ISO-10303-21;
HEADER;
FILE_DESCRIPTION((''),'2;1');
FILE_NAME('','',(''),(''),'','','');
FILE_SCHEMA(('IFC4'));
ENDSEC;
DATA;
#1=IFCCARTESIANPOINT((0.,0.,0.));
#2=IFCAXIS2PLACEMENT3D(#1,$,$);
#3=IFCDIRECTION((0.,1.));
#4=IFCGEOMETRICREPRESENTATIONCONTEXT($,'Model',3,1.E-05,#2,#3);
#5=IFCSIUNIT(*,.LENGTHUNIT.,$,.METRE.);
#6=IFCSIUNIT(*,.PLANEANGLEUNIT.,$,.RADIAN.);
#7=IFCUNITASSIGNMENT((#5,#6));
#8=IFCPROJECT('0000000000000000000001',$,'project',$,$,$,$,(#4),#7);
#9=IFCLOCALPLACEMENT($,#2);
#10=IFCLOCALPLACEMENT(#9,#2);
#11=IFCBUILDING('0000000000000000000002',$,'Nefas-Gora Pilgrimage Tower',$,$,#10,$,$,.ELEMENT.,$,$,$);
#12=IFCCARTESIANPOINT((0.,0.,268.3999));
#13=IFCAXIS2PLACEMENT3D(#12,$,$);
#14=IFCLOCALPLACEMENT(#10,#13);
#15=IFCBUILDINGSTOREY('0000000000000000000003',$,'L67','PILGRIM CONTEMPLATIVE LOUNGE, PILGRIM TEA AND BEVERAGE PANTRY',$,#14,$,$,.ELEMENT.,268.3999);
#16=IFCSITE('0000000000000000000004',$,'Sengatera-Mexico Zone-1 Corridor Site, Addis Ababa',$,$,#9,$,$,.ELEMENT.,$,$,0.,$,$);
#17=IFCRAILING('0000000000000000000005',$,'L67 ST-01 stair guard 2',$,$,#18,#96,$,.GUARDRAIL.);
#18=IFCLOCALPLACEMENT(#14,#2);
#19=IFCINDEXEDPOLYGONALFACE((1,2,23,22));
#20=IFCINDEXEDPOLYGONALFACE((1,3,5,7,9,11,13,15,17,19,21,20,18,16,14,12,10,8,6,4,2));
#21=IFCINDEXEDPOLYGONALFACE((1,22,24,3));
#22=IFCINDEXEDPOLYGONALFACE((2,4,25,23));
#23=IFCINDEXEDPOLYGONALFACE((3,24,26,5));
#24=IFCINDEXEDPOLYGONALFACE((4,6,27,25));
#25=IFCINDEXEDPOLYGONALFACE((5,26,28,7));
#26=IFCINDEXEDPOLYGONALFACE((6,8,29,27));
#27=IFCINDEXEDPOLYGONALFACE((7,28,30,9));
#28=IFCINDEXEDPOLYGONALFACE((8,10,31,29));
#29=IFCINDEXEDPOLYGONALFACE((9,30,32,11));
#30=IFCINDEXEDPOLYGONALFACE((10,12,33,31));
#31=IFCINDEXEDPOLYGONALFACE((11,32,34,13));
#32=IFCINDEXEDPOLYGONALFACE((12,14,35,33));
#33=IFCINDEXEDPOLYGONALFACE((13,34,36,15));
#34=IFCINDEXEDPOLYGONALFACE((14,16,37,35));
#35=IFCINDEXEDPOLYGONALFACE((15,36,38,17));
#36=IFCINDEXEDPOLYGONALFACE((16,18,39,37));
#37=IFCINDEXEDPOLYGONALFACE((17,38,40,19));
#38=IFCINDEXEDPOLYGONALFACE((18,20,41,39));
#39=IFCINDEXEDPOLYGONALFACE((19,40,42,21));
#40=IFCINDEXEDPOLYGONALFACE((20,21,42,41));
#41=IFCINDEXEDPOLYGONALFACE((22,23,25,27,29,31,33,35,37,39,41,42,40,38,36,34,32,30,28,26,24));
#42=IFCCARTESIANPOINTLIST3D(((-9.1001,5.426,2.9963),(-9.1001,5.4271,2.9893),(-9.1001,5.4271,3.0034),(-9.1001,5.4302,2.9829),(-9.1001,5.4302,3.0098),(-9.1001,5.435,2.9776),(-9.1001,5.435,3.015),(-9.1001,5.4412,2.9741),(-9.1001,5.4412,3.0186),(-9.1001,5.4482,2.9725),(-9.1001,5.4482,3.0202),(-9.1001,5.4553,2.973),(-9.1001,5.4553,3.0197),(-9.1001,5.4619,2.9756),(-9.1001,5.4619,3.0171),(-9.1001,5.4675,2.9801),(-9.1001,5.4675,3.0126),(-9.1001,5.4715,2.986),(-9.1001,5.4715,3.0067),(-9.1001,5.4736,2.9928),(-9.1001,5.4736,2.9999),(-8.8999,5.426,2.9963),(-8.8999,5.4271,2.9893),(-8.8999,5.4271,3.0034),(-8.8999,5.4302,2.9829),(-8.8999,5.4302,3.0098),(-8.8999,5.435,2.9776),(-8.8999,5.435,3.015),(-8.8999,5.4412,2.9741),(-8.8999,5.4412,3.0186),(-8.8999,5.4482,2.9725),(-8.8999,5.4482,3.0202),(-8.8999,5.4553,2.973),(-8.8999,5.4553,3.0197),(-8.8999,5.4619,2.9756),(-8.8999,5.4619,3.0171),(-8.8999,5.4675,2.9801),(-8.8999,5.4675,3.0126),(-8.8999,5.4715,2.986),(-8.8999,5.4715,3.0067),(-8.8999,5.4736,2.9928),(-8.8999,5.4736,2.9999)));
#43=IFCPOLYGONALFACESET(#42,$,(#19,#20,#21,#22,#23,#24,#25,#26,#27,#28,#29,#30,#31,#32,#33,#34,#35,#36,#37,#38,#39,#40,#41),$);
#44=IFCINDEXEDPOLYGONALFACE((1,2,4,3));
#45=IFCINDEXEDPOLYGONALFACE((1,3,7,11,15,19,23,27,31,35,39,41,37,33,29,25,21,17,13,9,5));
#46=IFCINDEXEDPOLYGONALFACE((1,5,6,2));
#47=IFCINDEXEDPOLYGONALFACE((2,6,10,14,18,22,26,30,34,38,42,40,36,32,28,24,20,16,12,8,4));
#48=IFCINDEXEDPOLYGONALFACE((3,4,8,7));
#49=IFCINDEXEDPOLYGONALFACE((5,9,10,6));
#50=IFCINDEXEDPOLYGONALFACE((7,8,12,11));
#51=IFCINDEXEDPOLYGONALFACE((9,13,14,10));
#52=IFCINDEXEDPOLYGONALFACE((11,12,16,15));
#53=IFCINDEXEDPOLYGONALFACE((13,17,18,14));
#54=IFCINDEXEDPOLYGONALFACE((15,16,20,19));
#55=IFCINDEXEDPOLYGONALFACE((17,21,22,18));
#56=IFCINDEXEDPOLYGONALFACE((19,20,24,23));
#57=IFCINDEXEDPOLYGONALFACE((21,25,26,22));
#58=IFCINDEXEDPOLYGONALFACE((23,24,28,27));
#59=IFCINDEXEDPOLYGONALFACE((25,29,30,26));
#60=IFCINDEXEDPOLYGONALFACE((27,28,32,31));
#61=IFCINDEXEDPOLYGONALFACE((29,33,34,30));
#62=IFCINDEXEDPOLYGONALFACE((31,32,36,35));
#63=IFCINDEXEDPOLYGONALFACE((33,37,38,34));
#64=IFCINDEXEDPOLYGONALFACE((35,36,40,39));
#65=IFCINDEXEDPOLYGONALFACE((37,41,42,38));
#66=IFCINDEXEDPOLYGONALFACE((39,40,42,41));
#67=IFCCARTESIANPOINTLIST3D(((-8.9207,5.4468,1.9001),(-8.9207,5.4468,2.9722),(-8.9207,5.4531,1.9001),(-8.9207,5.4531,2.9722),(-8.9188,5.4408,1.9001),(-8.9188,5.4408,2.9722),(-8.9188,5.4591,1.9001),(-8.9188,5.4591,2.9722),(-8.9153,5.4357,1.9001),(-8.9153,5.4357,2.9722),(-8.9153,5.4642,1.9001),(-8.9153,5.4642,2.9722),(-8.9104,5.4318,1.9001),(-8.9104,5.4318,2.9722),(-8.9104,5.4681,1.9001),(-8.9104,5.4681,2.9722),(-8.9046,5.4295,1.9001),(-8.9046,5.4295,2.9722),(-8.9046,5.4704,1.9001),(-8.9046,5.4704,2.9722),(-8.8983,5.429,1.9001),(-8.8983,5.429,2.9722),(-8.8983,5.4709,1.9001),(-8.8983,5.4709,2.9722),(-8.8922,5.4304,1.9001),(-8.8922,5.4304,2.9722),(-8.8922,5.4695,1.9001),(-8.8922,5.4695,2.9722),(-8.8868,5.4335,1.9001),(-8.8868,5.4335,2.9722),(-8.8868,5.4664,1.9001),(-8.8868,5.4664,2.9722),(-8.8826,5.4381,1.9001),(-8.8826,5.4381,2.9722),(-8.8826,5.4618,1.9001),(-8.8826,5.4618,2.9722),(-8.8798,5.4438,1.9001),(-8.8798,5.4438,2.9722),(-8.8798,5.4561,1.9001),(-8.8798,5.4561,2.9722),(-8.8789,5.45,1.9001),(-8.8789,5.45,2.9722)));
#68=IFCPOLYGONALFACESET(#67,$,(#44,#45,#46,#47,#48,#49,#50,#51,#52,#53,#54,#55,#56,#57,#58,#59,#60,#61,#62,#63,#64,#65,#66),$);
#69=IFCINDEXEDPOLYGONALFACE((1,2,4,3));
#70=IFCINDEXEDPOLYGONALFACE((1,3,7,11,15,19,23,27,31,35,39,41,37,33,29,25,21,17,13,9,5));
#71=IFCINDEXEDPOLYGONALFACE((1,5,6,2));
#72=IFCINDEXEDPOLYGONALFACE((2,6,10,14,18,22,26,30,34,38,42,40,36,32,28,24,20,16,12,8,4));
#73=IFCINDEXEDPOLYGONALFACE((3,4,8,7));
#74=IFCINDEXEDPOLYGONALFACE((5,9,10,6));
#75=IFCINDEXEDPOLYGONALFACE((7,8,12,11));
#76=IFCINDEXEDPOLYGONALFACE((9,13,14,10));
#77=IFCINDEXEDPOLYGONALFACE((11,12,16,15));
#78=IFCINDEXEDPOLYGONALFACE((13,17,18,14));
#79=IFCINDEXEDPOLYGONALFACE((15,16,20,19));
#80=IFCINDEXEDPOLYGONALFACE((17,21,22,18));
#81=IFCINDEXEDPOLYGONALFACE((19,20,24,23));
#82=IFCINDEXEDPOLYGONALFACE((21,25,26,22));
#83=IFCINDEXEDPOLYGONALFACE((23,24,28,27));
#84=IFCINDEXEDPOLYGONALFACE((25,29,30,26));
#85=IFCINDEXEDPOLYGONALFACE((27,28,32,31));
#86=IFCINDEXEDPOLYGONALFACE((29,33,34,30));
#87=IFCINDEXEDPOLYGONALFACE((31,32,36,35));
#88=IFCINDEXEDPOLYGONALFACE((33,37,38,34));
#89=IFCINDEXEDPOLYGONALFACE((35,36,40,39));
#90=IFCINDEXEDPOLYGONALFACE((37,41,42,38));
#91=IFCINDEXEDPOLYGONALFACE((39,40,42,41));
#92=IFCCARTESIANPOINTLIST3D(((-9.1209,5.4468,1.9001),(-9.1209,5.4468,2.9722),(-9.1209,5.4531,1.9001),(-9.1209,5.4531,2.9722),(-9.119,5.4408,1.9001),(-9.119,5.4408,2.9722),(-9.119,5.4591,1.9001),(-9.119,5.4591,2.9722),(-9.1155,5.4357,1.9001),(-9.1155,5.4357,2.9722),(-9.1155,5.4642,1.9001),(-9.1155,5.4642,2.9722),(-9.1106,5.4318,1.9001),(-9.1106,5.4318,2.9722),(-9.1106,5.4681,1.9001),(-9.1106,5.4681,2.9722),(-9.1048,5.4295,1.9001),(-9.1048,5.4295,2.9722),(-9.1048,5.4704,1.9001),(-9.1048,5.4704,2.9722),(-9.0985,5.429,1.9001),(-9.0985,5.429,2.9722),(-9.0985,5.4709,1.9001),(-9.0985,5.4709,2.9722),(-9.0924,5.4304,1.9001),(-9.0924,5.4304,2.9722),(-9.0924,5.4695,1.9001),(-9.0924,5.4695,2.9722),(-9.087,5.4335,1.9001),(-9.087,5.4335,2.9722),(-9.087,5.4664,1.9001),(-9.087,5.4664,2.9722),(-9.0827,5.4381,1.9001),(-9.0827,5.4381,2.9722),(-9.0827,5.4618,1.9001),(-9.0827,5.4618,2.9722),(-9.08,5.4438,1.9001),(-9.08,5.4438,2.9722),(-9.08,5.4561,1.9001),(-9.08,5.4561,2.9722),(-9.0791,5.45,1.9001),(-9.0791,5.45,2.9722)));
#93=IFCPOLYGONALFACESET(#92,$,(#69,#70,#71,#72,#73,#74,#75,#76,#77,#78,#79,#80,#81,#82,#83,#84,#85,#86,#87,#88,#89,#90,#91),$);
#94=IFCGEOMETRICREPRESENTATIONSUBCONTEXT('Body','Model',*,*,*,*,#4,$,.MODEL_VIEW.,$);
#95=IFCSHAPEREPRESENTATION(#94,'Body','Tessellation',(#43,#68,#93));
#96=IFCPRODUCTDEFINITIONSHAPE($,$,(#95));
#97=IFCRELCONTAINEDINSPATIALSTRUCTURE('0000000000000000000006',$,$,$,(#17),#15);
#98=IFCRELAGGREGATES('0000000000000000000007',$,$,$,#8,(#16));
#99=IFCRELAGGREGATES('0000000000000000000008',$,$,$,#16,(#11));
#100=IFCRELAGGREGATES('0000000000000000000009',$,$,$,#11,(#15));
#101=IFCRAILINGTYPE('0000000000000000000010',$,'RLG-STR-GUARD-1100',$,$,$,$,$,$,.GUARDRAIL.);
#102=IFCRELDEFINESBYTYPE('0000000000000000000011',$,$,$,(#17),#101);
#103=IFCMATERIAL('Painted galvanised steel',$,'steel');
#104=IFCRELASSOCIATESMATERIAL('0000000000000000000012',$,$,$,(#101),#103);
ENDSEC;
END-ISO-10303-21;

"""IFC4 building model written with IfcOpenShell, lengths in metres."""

from ifc_helpers import new_model, si_unit, direction, frame, origin, origin_2d, place, context, subcontext, project, spatial, circle, extrude, material, type_object, element, save


model = new_model("IFC4")

# Units and contexts
model_context = context("Model", 3, precision=1e-05, world=origin(), true_north=direction((0.0, 1.0)))
body_context = subcontext(model_context, "Body", "Model", "MODEL_VIEW")
ifc_project = project(units=[si_unit("LENGTHUNIT", "METRE"), si_unit("PLANEANGLEUNIT", "RADIAN")], contexts=[model_context])

# Site, building, storey
site_placement = place(None, origin())
site = spatial("IfcSite", under=ifc_project, at=site_placement, Name="Sengatera-Mexico Zone-1 Corridor Site, Addis Ababa", CompositionType="ELEMENT", RefElevation=0.0)
building_placement = place(site_placement, origin())
building = spatial("IfcBuilding", under=site, at=building_placement, Name="Nefas-Gora Pilgrimage Tower", CompositionType="ELEMENT")
storey_placement = place(building_placement, frame((0.0, 0.0, 268.3999)))
storey = spatial("IfcBuildingStorey", under=building, at=storey_placement, Name="L67", Description="PILGRIM CONTEMPLATIVE LOUNGE, PILGRIM TEA AND BEVERAGE PANTRY", CompositionType="ELEMENT", Elevation=268.3999)

# Railing
ifc_material_1 = material(Name="Painted galvanised steel", Category="steel")
railing_type_1 = type_object("IfcRailingType", Name="RLG-STR-GUARD-1100", PredefinedType="GUARDRAIL", material=ifc_material_1)
railing_1_placement = place(storey_placement, frame((-8.8999, 5.45, 1.9001)))
element("IfcRailing", 1, at=railing_1_placement, inside=storey, type_object=railing_type_1, Name="L67 ST-01 stair guard 2", PredefinedType="GUARDRAIL", context=body_context, shape_type="SweptSolid", body=[
    extrude(circle(Radius=0.0239, at=origin_2d()), frame((0.0, 0.0, 1.0962), z_axis=(-1.0, 0.0, 0.0), x_axis=(0.0, -1.0, 0.0)), (0.0, 0.0, 1.0), 0.2002),
    extrude(circle(Radius=0.021, at=origin_2d()), origin(), (0.0, 0.0, 1.0), 1.072),
    extrude(circle(Radius=0.021, at=origin_2d()), frame((-0.2002, 0.0, 0.0)), (0.0, 0.0, 1.0), 1.072),
])

save(model, "model.ifc")
